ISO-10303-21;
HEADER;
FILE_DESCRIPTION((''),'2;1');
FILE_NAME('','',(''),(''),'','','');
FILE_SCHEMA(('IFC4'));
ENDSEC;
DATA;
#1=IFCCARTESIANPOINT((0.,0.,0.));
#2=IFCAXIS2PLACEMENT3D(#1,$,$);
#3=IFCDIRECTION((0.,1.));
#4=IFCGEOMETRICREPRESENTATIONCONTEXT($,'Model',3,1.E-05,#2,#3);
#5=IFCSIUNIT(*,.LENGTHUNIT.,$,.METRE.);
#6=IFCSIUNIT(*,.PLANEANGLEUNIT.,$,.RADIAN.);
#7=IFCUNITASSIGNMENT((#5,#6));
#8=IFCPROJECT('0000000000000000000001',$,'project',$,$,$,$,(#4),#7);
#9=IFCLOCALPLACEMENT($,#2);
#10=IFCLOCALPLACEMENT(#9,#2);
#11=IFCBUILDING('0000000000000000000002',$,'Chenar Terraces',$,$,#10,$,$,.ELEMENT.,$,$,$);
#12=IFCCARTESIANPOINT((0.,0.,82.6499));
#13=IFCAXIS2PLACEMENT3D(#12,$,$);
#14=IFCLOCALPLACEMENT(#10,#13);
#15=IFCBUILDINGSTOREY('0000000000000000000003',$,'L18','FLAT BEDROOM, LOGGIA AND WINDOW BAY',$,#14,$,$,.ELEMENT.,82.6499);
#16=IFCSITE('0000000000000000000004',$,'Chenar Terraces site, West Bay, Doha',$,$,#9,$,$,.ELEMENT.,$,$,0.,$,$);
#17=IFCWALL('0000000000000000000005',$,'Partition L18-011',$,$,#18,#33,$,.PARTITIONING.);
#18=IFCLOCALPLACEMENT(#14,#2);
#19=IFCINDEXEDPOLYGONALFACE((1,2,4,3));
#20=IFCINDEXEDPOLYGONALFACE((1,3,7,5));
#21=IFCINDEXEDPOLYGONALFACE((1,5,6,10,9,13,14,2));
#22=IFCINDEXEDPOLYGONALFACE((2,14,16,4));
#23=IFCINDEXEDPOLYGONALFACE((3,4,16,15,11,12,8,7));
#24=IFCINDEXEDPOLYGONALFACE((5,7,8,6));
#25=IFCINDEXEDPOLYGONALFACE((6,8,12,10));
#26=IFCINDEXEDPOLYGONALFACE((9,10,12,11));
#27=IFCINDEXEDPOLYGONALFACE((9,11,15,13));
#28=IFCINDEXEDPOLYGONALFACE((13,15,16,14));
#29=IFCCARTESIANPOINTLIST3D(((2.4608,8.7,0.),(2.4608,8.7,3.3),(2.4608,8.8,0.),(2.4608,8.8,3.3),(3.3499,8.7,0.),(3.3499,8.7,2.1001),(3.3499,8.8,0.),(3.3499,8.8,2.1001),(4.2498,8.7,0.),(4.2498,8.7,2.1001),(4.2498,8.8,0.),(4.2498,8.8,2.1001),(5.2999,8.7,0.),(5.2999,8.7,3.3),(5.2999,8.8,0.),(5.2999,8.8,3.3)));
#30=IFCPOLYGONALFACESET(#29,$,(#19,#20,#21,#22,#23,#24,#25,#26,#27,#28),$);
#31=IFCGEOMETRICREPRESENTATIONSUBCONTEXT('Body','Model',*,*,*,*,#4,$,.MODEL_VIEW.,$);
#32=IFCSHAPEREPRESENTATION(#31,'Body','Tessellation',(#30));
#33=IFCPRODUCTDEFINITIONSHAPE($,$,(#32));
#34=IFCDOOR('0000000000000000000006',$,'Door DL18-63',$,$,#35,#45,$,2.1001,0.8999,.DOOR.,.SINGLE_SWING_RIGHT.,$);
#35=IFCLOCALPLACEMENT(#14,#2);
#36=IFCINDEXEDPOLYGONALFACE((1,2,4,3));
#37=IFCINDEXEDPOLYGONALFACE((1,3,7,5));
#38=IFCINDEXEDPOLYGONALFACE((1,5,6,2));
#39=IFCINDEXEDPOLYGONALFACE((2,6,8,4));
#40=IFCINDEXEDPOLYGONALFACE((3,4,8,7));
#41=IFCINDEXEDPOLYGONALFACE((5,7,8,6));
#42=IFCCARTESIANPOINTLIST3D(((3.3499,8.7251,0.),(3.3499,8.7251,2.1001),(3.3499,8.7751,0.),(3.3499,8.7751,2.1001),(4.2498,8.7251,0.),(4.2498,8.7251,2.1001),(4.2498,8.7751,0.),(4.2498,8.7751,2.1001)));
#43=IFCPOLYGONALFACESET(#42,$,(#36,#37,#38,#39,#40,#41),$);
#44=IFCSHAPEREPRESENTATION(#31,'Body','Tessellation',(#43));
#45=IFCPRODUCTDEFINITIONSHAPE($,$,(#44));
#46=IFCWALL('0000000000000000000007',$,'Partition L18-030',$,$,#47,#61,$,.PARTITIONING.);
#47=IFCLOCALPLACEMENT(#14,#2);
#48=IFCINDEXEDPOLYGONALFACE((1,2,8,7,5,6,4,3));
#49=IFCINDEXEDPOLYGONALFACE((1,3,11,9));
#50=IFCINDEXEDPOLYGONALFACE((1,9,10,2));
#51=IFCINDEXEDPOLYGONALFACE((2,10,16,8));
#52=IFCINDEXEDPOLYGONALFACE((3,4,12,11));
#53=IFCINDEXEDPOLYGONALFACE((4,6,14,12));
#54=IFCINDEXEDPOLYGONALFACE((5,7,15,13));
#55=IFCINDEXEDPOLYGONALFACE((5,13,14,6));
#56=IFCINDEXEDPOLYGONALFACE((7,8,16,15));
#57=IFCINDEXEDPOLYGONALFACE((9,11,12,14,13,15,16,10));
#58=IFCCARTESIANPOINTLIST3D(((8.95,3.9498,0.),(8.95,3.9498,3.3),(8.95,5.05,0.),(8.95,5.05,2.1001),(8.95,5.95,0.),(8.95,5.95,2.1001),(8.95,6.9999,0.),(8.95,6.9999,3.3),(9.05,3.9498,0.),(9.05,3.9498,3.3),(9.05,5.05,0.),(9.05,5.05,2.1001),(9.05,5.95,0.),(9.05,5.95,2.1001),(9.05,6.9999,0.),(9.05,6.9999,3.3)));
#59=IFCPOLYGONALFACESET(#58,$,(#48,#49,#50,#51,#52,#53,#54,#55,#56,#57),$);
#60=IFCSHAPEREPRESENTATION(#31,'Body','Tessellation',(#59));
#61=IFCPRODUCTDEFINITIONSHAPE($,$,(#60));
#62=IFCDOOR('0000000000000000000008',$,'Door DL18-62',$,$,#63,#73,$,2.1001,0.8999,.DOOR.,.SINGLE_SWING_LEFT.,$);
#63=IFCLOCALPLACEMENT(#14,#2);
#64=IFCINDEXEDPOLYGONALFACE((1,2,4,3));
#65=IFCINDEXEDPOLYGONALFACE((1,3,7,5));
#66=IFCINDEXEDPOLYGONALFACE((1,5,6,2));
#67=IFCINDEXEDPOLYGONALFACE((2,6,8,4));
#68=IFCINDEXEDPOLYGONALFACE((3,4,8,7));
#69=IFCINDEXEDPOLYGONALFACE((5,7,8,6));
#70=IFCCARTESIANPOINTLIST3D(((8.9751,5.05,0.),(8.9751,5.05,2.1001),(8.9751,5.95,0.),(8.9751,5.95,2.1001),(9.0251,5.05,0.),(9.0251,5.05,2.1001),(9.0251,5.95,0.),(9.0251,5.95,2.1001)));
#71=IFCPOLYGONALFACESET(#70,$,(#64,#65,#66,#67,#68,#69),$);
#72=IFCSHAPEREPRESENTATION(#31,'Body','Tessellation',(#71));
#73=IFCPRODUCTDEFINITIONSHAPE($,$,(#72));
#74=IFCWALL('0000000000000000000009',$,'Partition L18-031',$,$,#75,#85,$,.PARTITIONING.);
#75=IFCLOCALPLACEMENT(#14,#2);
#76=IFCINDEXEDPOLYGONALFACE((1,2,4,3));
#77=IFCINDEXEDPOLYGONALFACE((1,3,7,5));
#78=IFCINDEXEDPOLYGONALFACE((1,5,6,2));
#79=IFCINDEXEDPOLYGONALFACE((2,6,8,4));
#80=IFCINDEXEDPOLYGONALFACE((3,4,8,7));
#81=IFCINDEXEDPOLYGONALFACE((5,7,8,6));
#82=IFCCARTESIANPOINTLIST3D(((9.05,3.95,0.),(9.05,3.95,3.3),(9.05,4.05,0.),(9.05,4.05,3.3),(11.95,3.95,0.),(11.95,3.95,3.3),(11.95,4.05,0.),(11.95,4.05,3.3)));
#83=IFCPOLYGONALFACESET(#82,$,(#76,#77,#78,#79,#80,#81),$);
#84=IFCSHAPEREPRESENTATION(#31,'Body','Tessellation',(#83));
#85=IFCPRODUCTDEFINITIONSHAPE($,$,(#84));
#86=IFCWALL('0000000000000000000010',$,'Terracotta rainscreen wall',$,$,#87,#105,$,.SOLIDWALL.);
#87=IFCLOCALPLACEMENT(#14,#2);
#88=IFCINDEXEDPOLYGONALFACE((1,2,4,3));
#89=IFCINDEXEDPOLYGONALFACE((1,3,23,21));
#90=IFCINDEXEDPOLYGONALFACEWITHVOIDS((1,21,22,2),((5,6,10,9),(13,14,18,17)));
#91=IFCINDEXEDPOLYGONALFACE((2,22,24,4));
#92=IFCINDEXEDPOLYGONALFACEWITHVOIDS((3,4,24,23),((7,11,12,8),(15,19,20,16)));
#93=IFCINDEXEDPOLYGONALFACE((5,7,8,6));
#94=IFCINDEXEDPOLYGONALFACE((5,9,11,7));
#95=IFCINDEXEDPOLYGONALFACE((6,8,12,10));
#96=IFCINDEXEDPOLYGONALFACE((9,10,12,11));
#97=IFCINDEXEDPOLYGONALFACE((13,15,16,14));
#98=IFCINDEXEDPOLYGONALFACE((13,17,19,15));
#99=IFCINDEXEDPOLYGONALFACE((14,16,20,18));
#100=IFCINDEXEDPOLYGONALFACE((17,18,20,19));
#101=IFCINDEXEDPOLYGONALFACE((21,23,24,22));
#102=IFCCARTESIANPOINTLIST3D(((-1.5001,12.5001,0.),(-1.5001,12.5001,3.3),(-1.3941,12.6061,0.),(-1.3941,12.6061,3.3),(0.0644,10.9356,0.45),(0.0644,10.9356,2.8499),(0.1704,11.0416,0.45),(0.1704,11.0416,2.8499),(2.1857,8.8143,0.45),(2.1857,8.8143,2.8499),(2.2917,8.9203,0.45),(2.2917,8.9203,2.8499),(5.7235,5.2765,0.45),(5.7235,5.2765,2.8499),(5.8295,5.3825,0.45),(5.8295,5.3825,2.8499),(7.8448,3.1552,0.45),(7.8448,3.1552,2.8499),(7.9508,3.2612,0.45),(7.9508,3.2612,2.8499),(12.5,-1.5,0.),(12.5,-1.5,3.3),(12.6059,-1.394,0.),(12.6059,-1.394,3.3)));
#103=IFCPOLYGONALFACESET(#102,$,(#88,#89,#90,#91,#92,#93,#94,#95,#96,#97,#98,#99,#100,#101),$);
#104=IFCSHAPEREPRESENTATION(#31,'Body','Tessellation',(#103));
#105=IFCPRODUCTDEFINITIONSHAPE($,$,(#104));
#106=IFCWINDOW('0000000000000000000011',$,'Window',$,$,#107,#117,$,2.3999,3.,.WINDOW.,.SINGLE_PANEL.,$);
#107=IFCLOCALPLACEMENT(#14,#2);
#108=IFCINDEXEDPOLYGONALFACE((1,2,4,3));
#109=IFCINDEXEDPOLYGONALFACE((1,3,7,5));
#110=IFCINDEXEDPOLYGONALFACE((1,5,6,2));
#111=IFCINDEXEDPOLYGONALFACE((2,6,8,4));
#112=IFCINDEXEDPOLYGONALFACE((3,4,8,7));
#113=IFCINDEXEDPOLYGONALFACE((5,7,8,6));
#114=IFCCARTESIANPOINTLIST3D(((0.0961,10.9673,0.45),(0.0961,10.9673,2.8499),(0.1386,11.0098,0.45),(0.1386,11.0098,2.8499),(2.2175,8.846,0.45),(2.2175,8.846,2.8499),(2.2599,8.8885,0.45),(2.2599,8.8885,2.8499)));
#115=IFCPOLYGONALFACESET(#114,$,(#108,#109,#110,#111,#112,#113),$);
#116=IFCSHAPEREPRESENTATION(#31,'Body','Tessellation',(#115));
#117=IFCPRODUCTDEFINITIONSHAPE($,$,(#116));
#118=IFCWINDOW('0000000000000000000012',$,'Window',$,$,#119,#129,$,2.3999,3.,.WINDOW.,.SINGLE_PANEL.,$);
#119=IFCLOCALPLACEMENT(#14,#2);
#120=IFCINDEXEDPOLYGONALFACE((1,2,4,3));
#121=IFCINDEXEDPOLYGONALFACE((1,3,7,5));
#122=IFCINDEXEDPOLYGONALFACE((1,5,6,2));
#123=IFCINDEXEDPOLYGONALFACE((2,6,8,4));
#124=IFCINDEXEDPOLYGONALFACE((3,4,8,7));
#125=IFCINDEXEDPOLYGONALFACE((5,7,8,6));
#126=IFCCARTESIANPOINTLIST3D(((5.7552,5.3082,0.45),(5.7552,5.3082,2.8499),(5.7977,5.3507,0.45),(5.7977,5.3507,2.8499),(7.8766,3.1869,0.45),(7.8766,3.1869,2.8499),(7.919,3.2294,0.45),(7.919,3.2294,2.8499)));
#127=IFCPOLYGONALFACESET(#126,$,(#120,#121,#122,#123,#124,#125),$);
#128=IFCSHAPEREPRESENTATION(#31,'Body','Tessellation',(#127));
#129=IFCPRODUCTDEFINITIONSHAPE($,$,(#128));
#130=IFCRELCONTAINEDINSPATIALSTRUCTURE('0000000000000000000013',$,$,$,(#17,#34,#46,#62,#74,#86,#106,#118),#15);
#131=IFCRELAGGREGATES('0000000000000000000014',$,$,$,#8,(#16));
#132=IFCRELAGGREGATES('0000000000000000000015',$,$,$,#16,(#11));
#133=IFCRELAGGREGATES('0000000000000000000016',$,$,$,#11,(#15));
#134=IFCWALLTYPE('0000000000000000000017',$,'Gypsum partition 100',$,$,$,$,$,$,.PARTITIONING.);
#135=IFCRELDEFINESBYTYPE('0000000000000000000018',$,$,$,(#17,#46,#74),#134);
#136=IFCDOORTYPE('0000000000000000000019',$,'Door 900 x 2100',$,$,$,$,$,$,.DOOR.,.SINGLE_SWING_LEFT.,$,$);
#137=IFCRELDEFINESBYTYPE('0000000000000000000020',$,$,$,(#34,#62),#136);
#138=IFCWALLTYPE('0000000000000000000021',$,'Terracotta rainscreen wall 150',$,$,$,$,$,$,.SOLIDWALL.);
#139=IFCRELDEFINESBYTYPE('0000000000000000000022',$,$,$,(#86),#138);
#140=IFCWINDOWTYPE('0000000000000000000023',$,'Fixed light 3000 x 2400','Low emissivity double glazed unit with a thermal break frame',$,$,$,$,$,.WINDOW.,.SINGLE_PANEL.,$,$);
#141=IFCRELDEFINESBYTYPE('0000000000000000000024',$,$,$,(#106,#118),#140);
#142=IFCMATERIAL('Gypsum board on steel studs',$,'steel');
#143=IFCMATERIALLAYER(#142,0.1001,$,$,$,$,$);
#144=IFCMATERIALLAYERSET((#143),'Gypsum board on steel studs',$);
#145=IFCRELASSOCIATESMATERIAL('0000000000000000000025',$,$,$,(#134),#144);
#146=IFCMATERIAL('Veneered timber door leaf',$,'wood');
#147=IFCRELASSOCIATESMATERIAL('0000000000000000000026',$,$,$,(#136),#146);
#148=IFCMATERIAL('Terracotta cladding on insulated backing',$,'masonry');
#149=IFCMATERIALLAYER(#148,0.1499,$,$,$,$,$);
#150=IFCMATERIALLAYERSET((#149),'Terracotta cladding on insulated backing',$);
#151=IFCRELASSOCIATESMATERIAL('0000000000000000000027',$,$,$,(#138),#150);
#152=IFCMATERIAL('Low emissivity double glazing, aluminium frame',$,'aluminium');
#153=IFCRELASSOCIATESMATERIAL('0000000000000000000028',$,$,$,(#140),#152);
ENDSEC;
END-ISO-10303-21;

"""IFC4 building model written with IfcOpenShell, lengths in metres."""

from ifc_helpers import new_model, si_unit, direction, frame, frame_2d, origin, place, context, subcontext, project, spatial, rectangle, extrude, material, layer, layer_set, type_object, element, fill, save


model = new_model("IFC4")

# Units and contexts
model_context = context("Model", 3, precision=1e-05, world=origin(), true_north=direction((0.0, 1.0)))
body_context = subcontext(model_context, "Body", "Model", "MODEL_VIEW")
ifc_project = project(units=[si_unit("LENGTHUNIT", "METRE"), si_unit("PLANEANGLEUNIT", "RADIAN")], contexts=[model_context])

# Site, building, storey
site_placement = place(None, origin())
site = spatial("IfcSite", under=ifc_project, at=site_placement, Name="Chenar Terraces site, West Bay, Doha", CompositionType="ELEMENT", RefElevation=0.0)
building_placement = place(site_placement, origin())
building = spatial("IfcBuilding", under=site, at=building_placement, Name="Chenar Terraces", CompositionType="ELEMENT")
storey_placement = place(building_placement, frame((0.0, 0.0, 82.6499)))
storey = spatial("IfcBuildingStorey", under=building, at=storey_placement, Name="L18", Description="FLAT BEDROOM, LOGGIA AND WINDOW BAY", CompositionType="ELEMENT", Elevation=82.6499)

# Walls, openings, doors
ifc_material_1 = material(Name="Gypsum board on steel studs", Category="steel")
ifc_layer_1 = layer(ifc_material_1, 0.1001)
ifc_layer_set_1 = layer_set([ifc_layer_1], Name="Gypsum board on steel studs")
wall_type_1 = type_object("IfcWallType", Name="Gypsum partition 100", PredefinedType="PARTITIONING", material=ifc_layer_set_1)
wall_1_placement = place(storey_placement, frame((2.4609, 8.75, 0.0), z_axis=(0.0, 0.0, 1.0), x_axis=(1.0, 0.0, 0.0)))
wall_1 = element("IfcWall", 1, at=wall_1_placement, inside=storey, type_object=wall_type_1, Name="Partition L18-011", PredefinedType="PARTITIONING", context=body_context, shape_type="SweptSolid", body=[
    extrude(rectangle(XDim=2.8391, YDim=0.1001, at=frame_2d((1.4194, 0.0))), origin(), (0.0, 0.0, 1.0), 3.3),
])
opening_1_placement = place(wall_1_placement, frame((0.8889, 0.0, 0.0)))
opening_1 = element("IfcOpeningElement", 2, at=opening_1_placement, cuts=wall_1, PredefinedType="OPENING", context=body_context, shape_type="SweptSolid", body=[
    extrude(rectangle(XDim=0.8999, YDim=2.1001, at=frame_2d((0.45, 1.05))), frame((0.0, 0.0601, 0.0), z_axis=(0.0, -1.0, 0.0), x_axis=(1.0, 0.0, 0.0)), (0.0, 0.0, 1.0), 0.1201),
])
ifc_material_2 = material(Name="Veneered timber door leaf", Category="wood")
door_type_1 = type_object("IfcDoorType", Name="Door 900 x 2100", OperationType="SINGLE_SWING_LEFT", PredefinedType="DOOR", material=ifc_material_2)
door_1_placement = place(opening_1_placement, frame((0.8999, 0.0, 0.0), z_axis=(0.0, 0.0, 1.0), x_axis=(-1.0, 0.0, 0.0)))
door_1 = element("IfcDoor", 3, at=door_1_placement, inside=storey, type_object=door_type_1, Name="Door DL18-63", OperationType="SINGLE_SWING_RIGHT", OverallHeight=2.1001, OverallWidth=0.8999, PredefinedType="DOOR", context=body_context, shape_type="SweptSolid", body=[
    extrude(rectangle(XDim=0.8999, YDim=2.1001, at=frame_2d((0.45, 1.05))), frame((0.0, 0.0249, 0.0), z_axis=(0.0, -1.0, 0.0), x_axis=(1.0, 0.0, 0.0)), (0.0, 0.0, 1.0), 0.05),
])
fill(opening_1, door_1)
wall_2_placement = place(storey_placement, frame((9.0, 3.95, 0.0), z_axis=(0.0, 0.0, 1.0), x_axis=(0.0, 1.0, 0.0)))
wall_2 = element("IfcWall", 4, at=wall_2_placement, inside=storey, type_object=wall_type_1, Name="Partition L18-030", PredefinedType="PARTITIONING", context=body_context, shape_type="SweptSolid", body=[
    extrude(rectangle(XDim=3.05, YDim=0.1001, at=frame_2d((1.5249, 0.0))), origin(), (0.0, 0.0, 1.0), 3.3),
])
opening_2_placement = place(wall_2_placement, frame((1.1001, 0.0, 0.0)))
opening_2 = element("IfcOpeningElement", 5, at=opening_2_placement, cuts=wall_2, PredefinedType="OPENING", context=body_context, shape_type="SweptSolid", body=[
    extrude(rectangle(XDim=0.8999, YDim=2.1001, at=frame_2d((0.45, 1.05))), frame((0.0, 0.0601, 0.0), z_axis=(0.0, -1.0, 0.0), x_axis=(1.0, 0.0, 0.0)), (0.0, 0.0, 1.0), 0.1201),
])
door_2_placement = place(opening_2_placement, origin())
door_2 = element("IfcDoor", 6, at=door_2_placement, inside=storey, type_object=door_type_1, Name="Door DL18-62", OperationType="SINGLE_SWING_LEFT", OverallHeight=2.1001, OverallWidth=0.8999, PredefinedType="DOOR", context=body_context, shape_type="SweptSolid", body=[
    extrude(rectangle(XDim=0.8999, YDim=2.1001, at=frame_2d((0.45, 1.05))), frame((0.0, 0.0249, 0.0), z_axis=(0.0, -1.0, 0.0), x_axis=(1.0, 0.0, 0.0)), (0.0, 0.0, 1.0), 0.05),
])
fill(opening_2, door_2)

# Wall
wall_3_placement = place(storey_placement, frame((9.05, 4.0, 0.0), z_axis=(0.0, 0.0, 1.0), x_axis=(1.0, 0.0, 0.0)))
element("IfcWall", 7, at=wall_3_placement, inside=storey, type_object=wall_type_1, Name="Partition L18-031", PredefinedType="PARTITIONING", context=body_context, shape_type="SweptSolid", body=[
    extrude(rectangle(XDim=2.8999, YDim=0.1001, at=frame_2d((1.45, 0.0))), origin(), (0.0, 0.0, 1.0), 3.3),
])

# Wall, openings, windows
ifc_material_3 = material(Name="Terracotta cladding on insulated backing", Category="masonry")
ifc_layer_2 = layer(ifc_material_3, 0.1499)
ifc_layer_set_2 = layer_set([ifc_layer_2], Name="Terracotta cladding on insulated backing")
wall_type_2 = type_object("IfcWallType", Name="Terracotta rainscreen wall 150", PredefinedType="SOLIDWALL", material=ifc_layer_set_2)
wall_4_placement = place(storey_placement, frame((-1.447, 12.553, 0.0), z_axis=(0.0, 0.0, 1.0), x_axis=(0.707107, -0.707107, 0.0)))
wall_4 = element("IfcWall", 8, at=wall_4_placement, inside=storey, type_object=wall_type_2, Name="Terracotta rainscreen wall", PredefinedType="SOLIDWALL", context=body_context, shape_type="SweptSolid", body=[
    extrude(rectangle(XDim=19.7991, YDim=0.1499, at=frame_2d((9.8994, 0.0))), origin(), (0.0, 0.0, 1.0), 3.3),
])
opening_3_placement = place(wall_4_placement, frame((2.2124, 0.0, 0.45)))
opening_3 = element("IfcOpeningElement", 9, at=opening_3_placement, cuts=wall_4, PredefinedType="OPENING", context=body_context, shape_type="SweptSolid", body=[
    extrude(rectangle(XDim=3.0, YDim=2.3999, at=frame_2d((1.5, 1.2))), frame((0.0, 0.085, 0.0), z_axis=(0.0, -1.0, 0.0), x_axis=(1.0, 0.0, 0.0)), (0.0, 0.0, 1.0), 0.1699),
])
opening_4_placement = place(wall_4_placement, frame((10.2156, 0.0, 0.45)))
opening_4 = element("IfcOpeningElement", 10, at=opening_4_placement, cuts=wall_4, PredefinedType="OPENING", context=body_context, shape_type="SweptSolid", body=[
    extrude(rectangle(XDim=3.0, YDim=2.3999, at=frame_2d((1.5, 1.2))), frame((0.0, 0.085, 0.0), z_axis=(0.0, -1.0, 0.0), x_axis=(1.0, 0.0, 0.0)), (0.0, 0.0, 1.0), 0.1699),
])
ifc_material_4 = material(Name="Low emissivity double glazing, aluminium frame", Category="aluminium")
window_type = type_object("IfcWindowType", Name="Fixed light 3000 x 2400", Description="Low emissivity double glazed unit with a thermal break frame", PartitioningType="SINGLE_PANEL", PredefinedType="WINDOW", material=ifc_material_4)
window_1_placement = place(opening_3_placement, origin())
window_1 = element("IfcWindow", 11, at=window_1_placement, inside=storey, type_object=window_type, Name="Window", OverallHeight=2.3999, OverallWidth=3.0, PartitioningType="SINGLE_PANEL", PredefinedType="WINDOW", context=body_context, shape_type="SweptSolid", body=[
    extrude(rectangle(XDim=3.0, YDim=2.3999, at=frame_2d((1.5, 1.2))), frame((0.0, 0.03, 0.0), z_axis=(0.0, -1.0, 0.0), x_axis=(1.0, 0.0, 0.0)), (0.0, 0.0, 1.0), 0.0601),
])
fill(opening_3, window_1)
window_2_placement = place(opening_4_placement, origin())
window_2 = element("IfcWindow", 12, at=window_2_placement, inside=storey, type_object=window_type, Name="Window", OverallHeight=2.3999, OverallWidth=3.0, PartitioningType="SINGLE_PANEL", PredefinedType="WINDOW", context=body_context, shape_type="SweptSolid", body=[
    extrude(rectangle(XDim=3.0, YDim=2.3999, at=frame_2d((1.5, 1.2))), frame((0.0, 0.03, 0.0), z_axis=(0.0, -1.0, 0.0), x_axis=(1.0, 0.0, 0.0)), (0.0, 0.0, 1.0), 0.0601),
])
fill(opening_4, window_2)

save(model, "model.ifc")
